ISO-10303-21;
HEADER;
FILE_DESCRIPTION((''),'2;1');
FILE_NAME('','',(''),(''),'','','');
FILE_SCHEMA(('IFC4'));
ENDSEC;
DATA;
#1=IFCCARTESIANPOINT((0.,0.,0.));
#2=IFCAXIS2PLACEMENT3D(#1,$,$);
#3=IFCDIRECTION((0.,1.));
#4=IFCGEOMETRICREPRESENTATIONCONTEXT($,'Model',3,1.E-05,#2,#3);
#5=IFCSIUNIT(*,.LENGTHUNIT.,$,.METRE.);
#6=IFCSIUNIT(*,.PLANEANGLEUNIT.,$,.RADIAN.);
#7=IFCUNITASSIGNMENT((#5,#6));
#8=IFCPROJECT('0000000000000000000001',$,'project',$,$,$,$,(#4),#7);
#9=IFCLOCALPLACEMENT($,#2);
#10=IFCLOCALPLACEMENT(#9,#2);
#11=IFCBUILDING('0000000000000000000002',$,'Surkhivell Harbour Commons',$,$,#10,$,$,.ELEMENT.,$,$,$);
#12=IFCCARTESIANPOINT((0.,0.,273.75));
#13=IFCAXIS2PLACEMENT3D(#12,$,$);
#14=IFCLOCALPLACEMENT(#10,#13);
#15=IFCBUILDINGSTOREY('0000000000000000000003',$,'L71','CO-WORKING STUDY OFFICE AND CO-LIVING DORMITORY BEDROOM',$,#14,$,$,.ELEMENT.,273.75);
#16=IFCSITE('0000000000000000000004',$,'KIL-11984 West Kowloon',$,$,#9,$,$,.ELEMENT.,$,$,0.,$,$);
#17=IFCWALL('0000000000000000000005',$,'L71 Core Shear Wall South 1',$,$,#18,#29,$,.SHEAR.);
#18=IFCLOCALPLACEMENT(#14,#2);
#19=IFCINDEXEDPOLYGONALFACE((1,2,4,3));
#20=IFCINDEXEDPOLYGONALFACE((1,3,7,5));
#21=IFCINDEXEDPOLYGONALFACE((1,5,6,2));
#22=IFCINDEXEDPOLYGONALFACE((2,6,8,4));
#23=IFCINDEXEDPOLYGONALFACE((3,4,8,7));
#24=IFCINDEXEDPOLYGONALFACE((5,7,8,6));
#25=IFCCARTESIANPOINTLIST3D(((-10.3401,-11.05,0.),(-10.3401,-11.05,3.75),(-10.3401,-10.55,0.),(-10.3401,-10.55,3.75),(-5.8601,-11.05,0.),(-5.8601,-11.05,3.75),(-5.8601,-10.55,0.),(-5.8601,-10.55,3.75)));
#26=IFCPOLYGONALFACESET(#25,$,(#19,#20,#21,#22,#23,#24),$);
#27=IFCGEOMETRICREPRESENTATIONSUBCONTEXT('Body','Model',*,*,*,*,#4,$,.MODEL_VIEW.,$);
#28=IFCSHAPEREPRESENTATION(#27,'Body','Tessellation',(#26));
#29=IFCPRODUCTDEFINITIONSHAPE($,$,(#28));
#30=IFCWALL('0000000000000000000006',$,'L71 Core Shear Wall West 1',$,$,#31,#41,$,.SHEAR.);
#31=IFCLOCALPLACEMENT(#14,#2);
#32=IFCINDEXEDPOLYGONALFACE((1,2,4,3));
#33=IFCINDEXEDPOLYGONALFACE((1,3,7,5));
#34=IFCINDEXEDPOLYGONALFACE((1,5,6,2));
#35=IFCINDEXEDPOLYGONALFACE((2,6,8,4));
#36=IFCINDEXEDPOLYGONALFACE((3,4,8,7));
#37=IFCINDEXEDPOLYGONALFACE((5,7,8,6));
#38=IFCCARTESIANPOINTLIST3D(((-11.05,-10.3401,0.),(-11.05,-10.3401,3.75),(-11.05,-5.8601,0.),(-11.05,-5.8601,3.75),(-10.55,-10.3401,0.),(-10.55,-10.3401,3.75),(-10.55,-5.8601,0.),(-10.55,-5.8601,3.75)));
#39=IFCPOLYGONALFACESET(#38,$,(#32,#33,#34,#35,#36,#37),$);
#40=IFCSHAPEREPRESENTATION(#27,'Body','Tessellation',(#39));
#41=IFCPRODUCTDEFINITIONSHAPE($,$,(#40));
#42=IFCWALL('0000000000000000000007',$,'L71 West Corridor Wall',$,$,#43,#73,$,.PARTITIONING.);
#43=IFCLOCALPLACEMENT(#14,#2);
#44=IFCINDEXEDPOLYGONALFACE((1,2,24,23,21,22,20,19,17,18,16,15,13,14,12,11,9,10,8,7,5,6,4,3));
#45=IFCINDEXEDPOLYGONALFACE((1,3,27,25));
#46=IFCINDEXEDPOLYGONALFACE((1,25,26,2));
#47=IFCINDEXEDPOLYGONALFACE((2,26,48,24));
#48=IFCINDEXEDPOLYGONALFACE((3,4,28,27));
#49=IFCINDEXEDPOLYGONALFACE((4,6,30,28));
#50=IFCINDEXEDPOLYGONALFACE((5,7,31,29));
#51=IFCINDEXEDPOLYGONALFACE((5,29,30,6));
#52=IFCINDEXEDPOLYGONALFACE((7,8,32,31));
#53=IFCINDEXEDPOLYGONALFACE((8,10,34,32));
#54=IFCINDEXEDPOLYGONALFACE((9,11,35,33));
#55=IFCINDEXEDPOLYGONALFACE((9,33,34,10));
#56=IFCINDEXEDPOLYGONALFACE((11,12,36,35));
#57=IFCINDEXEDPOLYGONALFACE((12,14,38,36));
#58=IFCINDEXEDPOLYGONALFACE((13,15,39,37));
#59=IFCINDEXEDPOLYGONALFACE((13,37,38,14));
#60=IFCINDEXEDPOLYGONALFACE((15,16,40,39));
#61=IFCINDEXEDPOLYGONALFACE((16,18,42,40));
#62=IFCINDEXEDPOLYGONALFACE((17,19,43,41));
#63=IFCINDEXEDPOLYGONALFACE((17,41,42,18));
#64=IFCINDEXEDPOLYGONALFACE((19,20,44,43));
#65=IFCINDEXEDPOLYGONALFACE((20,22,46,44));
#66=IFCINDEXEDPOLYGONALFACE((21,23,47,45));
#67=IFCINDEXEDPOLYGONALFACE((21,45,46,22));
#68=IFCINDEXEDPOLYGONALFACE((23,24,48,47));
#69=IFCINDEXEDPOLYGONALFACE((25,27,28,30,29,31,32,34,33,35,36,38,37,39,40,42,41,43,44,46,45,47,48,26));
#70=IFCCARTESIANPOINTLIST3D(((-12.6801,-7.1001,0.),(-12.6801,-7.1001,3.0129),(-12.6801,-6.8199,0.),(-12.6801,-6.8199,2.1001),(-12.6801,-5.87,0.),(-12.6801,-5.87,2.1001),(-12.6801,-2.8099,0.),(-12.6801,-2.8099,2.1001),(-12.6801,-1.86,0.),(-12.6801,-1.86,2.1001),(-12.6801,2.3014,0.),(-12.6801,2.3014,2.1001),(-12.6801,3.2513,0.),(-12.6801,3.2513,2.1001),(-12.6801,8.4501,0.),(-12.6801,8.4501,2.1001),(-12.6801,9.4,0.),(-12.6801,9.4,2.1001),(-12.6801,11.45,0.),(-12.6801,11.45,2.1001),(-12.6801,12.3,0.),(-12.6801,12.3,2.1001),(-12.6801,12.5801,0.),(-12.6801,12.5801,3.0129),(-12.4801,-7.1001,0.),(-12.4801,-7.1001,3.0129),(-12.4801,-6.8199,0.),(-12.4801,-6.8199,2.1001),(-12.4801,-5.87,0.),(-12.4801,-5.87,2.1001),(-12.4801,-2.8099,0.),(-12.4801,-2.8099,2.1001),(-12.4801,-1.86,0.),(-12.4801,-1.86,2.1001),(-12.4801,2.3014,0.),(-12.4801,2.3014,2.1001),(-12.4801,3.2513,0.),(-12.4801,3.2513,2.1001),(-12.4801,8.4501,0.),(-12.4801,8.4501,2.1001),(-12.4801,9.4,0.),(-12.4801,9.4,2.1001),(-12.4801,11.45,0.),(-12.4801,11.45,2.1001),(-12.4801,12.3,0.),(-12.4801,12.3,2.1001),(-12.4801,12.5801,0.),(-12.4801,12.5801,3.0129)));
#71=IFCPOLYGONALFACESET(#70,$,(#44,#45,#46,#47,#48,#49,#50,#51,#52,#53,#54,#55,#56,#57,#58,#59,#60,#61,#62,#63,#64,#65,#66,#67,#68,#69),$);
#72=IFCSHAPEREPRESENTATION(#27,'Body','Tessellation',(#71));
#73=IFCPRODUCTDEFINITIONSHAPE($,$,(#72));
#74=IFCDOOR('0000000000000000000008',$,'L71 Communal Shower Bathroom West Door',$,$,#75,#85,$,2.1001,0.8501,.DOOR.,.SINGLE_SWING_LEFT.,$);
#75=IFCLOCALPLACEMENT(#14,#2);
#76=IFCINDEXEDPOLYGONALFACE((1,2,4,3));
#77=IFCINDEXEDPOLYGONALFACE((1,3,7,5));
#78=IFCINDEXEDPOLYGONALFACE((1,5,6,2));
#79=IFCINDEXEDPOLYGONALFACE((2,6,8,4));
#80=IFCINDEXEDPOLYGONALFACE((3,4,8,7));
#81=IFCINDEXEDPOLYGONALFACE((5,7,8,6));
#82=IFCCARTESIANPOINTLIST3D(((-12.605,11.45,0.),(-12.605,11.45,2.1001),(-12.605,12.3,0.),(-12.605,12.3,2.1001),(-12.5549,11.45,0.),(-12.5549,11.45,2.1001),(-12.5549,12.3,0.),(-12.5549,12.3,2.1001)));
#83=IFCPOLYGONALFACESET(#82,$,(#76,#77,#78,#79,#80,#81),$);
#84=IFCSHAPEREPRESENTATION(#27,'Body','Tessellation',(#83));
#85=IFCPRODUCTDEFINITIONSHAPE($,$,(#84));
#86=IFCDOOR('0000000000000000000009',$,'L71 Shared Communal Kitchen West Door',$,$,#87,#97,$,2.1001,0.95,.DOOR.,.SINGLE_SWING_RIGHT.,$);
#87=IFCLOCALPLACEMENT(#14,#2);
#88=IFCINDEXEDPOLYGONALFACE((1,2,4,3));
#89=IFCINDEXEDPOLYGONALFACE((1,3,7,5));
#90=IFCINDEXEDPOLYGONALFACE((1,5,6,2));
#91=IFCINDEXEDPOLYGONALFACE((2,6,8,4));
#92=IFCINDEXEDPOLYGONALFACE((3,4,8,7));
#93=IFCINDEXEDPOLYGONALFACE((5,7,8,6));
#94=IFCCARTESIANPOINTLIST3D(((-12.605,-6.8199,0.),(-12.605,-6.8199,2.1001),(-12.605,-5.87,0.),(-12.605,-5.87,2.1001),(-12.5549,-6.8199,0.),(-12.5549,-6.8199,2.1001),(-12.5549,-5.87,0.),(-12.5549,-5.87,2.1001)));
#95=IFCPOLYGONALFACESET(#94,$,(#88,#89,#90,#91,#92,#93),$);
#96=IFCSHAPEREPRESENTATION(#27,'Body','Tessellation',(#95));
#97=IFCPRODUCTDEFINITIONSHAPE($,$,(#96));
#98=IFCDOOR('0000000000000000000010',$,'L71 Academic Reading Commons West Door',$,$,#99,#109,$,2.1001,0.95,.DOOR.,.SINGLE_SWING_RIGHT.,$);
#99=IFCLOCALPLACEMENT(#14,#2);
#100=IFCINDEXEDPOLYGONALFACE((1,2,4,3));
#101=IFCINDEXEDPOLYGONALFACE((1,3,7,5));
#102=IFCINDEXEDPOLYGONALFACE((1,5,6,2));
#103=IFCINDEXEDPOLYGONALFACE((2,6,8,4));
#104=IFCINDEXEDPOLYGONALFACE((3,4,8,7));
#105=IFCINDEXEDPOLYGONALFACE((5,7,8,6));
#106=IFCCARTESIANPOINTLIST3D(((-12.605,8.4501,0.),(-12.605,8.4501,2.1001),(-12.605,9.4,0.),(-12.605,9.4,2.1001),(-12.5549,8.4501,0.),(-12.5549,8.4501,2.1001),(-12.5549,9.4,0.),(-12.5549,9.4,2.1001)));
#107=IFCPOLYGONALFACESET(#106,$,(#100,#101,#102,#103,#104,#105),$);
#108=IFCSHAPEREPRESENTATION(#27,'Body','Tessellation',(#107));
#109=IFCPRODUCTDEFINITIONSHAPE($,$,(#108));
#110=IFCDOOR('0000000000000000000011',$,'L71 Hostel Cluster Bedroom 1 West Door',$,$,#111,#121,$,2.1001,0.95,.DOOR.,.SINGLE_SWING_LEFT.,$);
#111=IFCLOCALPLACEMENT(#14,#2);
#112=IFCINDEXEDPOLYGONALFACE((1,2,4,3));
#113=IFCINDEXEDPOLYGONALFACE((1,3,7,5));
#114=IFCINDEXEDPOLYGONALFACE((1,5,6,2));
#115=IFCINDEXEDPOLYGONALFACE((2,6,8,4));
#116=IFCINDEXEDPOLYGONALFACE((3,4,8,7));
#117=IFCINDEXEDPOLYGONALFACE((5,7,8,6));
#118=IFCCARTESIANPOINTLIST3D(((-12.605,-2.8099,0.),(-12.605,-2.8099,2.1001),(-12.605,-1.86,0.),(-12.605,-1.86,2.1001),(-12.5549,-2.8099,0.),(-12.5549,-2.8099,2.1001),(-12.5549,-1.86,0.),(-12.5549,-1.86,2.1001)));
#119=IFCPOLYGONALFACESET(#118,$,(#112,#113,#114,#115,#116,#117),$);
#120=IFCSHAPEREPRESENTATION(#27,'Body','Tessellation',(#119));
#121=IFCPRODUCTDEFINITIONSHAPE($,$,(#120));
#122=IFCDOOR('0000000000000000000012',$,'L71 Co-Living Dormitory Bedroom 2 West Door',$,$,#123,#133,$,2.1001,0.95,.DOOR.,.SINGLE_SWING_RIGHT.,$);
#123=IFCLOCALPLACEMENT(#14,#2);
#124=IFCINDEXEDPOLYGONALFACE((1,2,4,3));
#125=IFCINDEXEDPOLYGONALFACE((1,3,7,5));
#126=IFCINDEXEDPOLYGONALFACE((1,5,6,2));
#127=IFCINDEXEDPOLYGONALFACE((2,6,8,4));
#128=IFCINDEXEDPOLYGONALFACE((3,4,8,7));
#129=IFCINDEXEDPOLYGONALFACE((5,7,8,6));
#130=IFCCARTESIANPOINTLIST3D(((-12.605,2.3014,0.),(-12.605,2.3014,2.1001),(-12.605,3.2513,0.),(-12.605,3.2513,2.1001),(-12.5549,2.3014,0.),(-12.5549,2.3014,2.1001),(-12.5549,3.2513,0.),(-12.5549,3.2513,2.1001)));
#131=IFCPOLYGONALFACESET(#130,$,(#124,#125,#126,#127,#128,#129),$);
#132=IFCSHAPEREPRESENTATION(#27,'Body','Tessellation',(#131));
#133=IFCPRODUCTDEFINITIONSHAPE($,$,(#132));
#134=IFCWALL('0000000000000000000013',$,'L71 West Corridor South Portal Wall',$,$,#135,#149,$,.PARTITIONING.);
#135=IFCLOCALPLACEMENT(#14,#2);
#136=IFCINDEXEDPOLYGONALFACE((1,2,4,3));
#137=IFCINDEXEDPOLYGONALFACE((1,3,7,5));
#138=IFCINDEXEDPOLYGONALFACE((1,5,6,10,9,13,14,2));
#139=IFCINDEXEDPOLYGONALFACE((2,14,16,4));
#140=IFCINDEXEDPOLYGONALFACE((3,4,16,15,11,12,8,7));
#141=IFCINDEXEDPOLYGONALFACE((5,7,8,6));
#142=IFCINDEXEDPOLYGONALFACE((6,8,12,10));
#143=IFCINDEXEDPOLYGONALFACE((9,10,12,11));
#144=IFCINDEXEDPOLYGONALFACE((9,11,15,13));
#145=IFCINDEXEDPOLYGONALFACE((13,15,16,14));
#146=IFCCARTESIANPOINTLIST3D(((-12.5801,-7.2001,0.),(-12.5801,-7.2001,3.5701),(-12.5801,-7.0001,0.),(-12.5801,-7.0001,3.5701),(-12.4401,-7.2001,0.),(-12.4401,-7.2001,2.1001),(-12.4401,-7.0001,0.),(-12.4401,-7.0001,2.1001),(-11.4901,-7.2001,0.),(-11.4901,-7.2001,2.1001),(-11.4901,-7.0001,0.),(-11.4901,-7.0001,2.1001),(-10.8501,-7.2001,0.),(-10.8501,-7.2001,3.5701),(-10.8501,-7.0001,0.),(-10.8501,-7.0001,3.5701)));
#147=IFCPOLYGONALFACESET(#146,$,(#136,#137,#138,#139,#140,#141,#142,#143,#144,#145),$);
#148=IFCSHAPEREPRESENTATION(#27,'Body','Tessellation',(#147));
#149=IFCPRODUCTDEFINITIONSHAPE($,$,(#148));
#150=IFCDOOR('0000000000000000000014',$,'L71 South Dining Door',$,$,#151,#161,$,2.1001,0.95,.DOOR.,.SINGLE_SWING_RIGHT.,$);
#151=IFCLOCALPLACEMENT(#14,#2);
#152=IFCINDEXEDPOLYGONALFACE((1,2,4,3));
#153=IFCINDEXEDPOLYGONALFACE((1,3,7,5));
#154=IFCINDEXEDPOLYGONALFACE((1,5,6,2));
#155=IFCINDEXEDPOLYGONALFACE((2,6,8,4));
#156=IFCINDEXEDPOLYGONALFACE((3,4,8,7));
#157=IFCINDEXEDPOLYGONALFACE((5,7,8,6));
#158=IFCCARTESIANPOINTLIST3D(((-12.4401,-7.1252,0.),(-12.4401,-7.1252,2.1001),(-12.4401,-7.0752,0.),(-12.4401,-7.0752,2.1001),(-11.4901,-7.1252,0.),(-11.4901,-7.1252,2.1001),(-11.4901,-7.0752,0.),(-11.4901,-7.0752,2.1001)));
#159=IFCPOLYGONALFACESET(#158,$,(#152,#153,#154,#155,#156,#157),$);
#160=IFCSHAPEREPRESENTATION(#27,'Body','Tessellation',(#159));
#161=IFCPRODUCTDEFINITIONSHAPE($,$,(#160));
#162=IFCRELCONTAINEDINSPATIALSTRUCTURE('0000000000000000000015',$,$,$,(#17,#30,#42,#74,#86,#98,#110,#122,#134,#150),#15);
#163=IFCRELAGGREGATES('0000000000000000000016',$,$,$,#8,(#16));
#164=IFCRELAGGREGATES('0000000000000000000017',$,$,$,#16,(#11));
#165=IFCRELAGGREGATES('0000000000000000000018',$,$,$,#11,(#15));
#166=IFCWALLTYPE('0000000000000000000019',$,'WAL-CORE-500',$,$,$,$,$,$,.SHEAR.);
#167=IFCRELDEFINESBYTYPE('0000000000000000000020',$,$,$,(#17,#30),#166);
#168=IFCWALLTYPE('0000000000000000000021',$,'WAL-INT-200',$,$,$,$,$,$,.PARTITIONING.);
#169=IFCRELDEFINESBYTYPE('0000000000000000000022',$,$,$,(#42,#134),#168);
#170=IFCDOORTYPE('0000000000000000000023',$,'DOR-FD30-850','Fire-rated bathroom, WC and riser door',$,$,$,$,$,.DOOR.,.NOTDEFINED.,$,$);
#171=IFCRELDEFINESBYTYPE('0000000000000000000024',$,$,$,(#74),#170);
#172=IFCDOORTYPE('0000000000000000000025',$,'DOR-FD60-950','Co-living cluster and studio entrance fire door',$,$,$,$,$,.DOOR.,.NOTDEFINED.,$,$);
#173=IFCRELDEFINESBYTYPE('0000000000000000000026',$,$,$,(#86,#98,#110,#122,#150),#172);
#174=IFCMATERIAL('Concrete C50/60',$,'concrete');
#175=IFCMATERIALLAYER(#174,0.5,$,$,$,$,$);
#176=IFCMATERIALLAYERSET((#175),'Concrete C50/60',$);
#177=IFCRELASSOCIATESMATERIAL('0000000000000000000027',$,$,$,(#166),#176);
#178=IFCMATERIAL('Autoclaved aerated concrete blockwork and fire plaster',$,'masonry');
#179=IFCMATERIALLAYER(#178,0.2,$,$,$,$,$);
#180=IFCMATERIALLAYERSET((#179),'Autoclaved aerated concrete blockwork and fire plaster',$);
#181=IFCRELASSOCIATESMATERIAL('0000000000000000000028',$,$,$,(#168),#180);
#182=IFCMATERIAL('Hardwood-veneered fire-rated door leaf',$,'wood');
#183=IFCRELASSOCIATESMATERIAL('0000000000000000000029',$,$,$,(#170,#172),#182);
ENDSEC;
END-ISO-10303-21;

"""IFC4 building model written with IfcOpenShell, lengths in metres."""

from ifc_helpers import new_model, si_unit, direction, frame, frame_2d, origin, place, context, subcontext, project, spatial, rectangle, extrude, material, layer, layer_set, type_object, element, fill, save


model = new_model("IFC4")

# Units and contexts
model_context = context("Model", 3, precision=1e-05, world=origin(), true_north=direction((0.0, 1.0)))
body_context = subcontext(model_context, "Body", "Model", "MODEL_VIEW")
ifc_project = project(units=[si_unit("LENGTHUNIT", "METRE"), si_unit("PLANEANGLEUNIT", "RADIAN")], contexts=[model_context])

# Site, building, storey
site_placement = place(None, origin())
site = spatial("IfcSite", under=ifc_project, at=site_placement, Name="KIL-11984 West Kowloon", CompositionType="ELEMENT", RefElevation=0.0)
building_placement = place(site_placement, origin())
building = spatial("IfcBuilding", under=site, at=building_placement, Name="Surkhivell Harbour Commons", CompositionType="ELEMENT")
storey_placement = place(building_placement, frame((0.0, 0.0, 273.75)))
storey = spatial("IfcBuildingStorey", under=building, at=storey_placement, Name="L71", Description="CO-WORKING STUDY OFFICE AND CO-LIVING DORMITORY BEDROOM", CompositionType="ELEMENT", Elevation=273.75)

# Walls
ifc_material_1 = material(Name="Concrete C50/60", Category="concrete")
ifc_layer_1 = layer(ifc_material_1, 0.5)
ifc_layer_set_1 = layer_set([ifc_layer_1], Name="Concrete C50/60")
wall_type_1 = type_object("IfcWallType", Name="WAL-CORE-500", PredefinedType="SHEAR", material=ifc_layer_set_1)
for number, where, z_axis, x_axis, name in (
    (1, (-10.3401, -10.8, 0.0), (0.0, 0.0, 1.0), (1.0, 0.0, 0.0), "L71 Core Shear Wall South 1"),
    (2, (-10.8, -10.3401, 0.0), (0.0, 0.0, 1.0), (0.0, 1.0, 0.0), "L71 Core Shear Wall West 1"),
):
    element("IfcWall", number, at=place(storey_placement, frame(where, z_axis=z_axis, x_axis=x_axis)), inside=storey, type_object=wall_type_1, Name=name, PredefinedType="SHEAR", context=body_context, shape_type="SweptSolid", body=[
        extrude(rectangle(XDim=4.48, YDim=0.5, at=frame_2d((2.24, 0.0))), origin(), (0.0, 0.0, 1.0), 3.75),
    ])

# Wall, openings, doors
ifc_material_2 = material(Name="Autoclaved aerated concrete blockwork and fire plaster", Category="masonry")
ifc_layer_2 = layer(ifc_material_2, 0.2)
ifc_layer_set_2 = layer_set([ifc_layer_2], Name="Autoclaved aerated concrete blockwork and fire plaster")
wall_type_2 = type_object("IfcWallType", Name="WAL-INT-200", PredefinedType="PARTITIONING", material=ifc_layer_set_2)
wall_1_placement = place(storey_placement, frame((-12.5801, -7.1001, 0.0), z_axis=(0.0, 0.0, 1.0), x_axis=(0.0, 1.0, 0.0)))
wall_1 = element("IfcWall", 3, at=wall_1_placement, inside=storey, type_object=wall_type_2, Name="L71 West Corridor Wall", PredefinedType="PARTITIONING", context=body_context, shape_type="SweptSolid", body=[
    extrude(rectangle(XDim=19.6802, YDim=0.2, at=frame_2d((9.8401, 0.0))), origin(), (0.0, 0.0, 1.0), 3.0129),
])
opening_1_placement = place(wall_1_placement, frame((0.28, 0.0, 0.0)))
opening_1 = element("IfcOpeningElement", 4, at=opening_1_placement, cuts=wall_1, PredefinedType="OPENING", context=body_context, shape_type="SweptSolid", body=[
    extrude(rectangle(XDim=0.95, YDim=2.1001, at=frame_2d((0.4751, 1.05))), frame((0.0, 0.1099, 0.0), z_axis=(0.0, -1.0, 0.0), x_axis=(1.0, 0.0, 0.0)), (0.0, 0.0, 1.0), 0.22),
])
opening_2_placement = place(wall_1_placement, frame((18.55, 0.0, 0.0)))
opening_2 = element("IfcOpeningElement", 5, at=opening_2_placement, cuts=wall_1, PredefinedType="OPENING", context=body_context, shape_type="SweptSolid", body=[
    extrude(rectangle(XDim=0.8501, YDim=2.1001, at=frame_2d((0.425, 1.05))), frame((0.0, 0.1099, 0.0), z_axis=(0.0, -1.0, 0.0), x_axis=(1.0, 0.0, 0.0)), (0.0, 0.0, 1.0), 0.22),
])
opening_3_placement = place(wall_1_placement, frame((15.55, 0.0, 0.0)))
opening_3 = element("IfcOpeningElement", 6, at=opening_3_placement, cuts=wall_1, PredefinedType="OPENING", context=body_context, shape_type="SweptSolid", body=[
    extrude(rectangle(XDim=0.95, YDim=2.1001, at=frame_2d((0.4751, 1.05))), frame((0.0, 0.1099, 0.0), z_axis=(0.0, -1.0, 0.0), x_axis=(1.0, 0.0, 0.0)), (0.0, 0.0, 1.0), 0.22),
])
opening_4_placement = place(wall_1_placement, frame((4.29, 0.0, 0.0)))
opening_4 = element("IfcOpeningElement", 7, at=opening_4_placement, cuts=wall_1, PredefinedType="OPENING", context=body_context, shape_type="SweptSolid", body=[
    extrude(rectangle(XDim=0.95, YDim=2.1001, at=frame_2d((0.4751, 1.05))), frame((0.0, 0.1099, 0.0), z_axis=(0.0, -1.0, 0.0), x_axis=(1.0, 0.0, 0.0)), (0.0, 0.0, 1.0), 0.22),
])
opening_5_placement = place(wall_1_placement, frame((9.4014, 0.0, 0.0)))
opening_5 = element("IfcOpeningElement", 8, at=opening_5_placement, cuts=wall_1, PredefinedType="OPENING", context=body_context, shape_type="SweptSolid", body=[
    extrude(rectangle(XDim=0.95, YDim=2.1001, at=frame_2d((0.4751, 1.05))), frame((0.0, 0.1099, 0.0), z_axis=(0.0, -1.0, 0.0), x_axis=(1.0, 0.0, 0.0)), (0.0, 0.0, 1.0), 0.22),
])
ifc_material_3 = material(Name="Hardwood-veneered fire-rated door leaf", Category="wood")
door_type_1 = type_object("IfcDoorType", Name="DOR-FD30-850", Description="Fire-rated bathroom, WC and riser door", OperationType="NOTDEFINED", PredefinedType="DOOR", material=ifc_material_3)
door_1_placement = place(opening_2_placement, origin())
door_1 = element("IfcDoor", 9, at=door_1_placement, inside=storey, type_object=door_type_1, Name="L71 Communal Shower Bathroom West Door", OperationType="SINGLE_SWING_LEFT", OverallHeight=2.1001, OverallWidth=0.8501, PredefinedType="DOOR", context=body_context, shape_type="SweptSolid", body=[
    extrude(rectangle(XDim=0.8501, YDim=2.1001, at=frame_2d((0.425, 1.05))), frame((0.0, 0.0249, 0.0), z_axis=(0.0, -1.0, 0.0), x_axis=(1.0, 0.0, 0.0)), (0.0, 0.0, 1.0), 0.05),
])
fill(opening_2, door_1)
door_type_2 = type_object("IfcDoorType", Name="DOR-FD60-950", Description="Co-living cluster and studio entrance fire door", OperationType="NOTDEFINED", PredefinedType="DOOR", material=ifc_material_3)
door_2_placement = place(opening_1_placement, origin())
door_2 = element("IfcDoor", 10, at=door_2_placement, inside=storey, type_object=door_type_2, Name="L71 Shared Communal Kitchen West Door", OperationType="SINGLE_SWING_RIGHT", OverallHeight=2.1001, OverallWidth=0.95, PredefinedType="DOOR", context=body_context, shape_type="SweptSolid", body=[
    extrude(rectangle(XDim=0.95, YDim=2.1001, at=frame_2d((0.4751, 1.05))), frame((0.0, 0.0249, 0.0), z_axis=(0.0, -1.0, 0.0), x_axis=(1.0, 0.0, 0.0)), (0.0, 0.0, 1.0), 0.05),
])
fill(opening_1, door_2)
door_3_placement = place(opening_3_placement, origin())
door_3 = element("IfcDoor", 11, at=door_3_placement, inside=storey, type_object=door_type_2, Name="L71 Academic Reading Commons West Door", OperationType="SINGLE_SWING_RIGHT", OverallHeight=2.1001, OverallWidth=0.95, PredefinedType="DOOR", context=body_context, shape_type="SweptSolid", body=[
    extrude(rectangle(XDim=0.95, YDim=2.1001, at=frame_2d((0.4751, 1.05))), frame((0.0, 0.0249, 0.0), z_axis=(0.0, -1.0, 0.0), x_axis=(1.0, 0.0, 0.0)), (0.0, 0.0, 1.0), 0.05),
])
fill(opening_3, door_3)
door_4_placement = place(opening_4_placement, origin())
door_4 = element("IfcDoor", 12, at=door_4_placement, inside=storey, type_object=door_type_2, Name="L71 Hostel Cluster Bedroom 1 West Door", OperationType="SINGLE_SWING_LEFT", OverallHeight=2.1001, OverallWidth=0.95, PredefinedType="DOOR", context=body_context, shape_type="SweptSolid", body=[
    extrude(rectangle(XDim=0.95, YDim=2.1001, at=frame_2d((0.4751, 1.05))), frame((0.0, 0.0249, 0.0), z_axis=(0.0, -1.0, 0.0), x_axis=(1.0, 0.0, 0.0)), (0.0, 0.0, 1.0), 0.05),
])
fill(opening_4, door_4)
door_5_placement = place(opening_5_placement, origin())
door_5 = element("IfcDoor", 13, at=door_5_placement, inside=storey, type_object=door_type_2, Name="L71 Co-Living Dormitory Bedroom 2 West Door", OperationType="SINGLE_SWING_RIGHT", OverallHeight=2.1001, OverallWidth=0.95, PredefinedType="DOOR", context=body_context, shape_type="SweptSolid", body=[
    extrude(rectangle(XDim=0.95, YDim=2.1001, at=frame_2d((0.4751, 1.05))), frame((0.0, 0.0249, 0.0), z_axis=(0.0, -1.0, 0.0), x_axis=(1.0, 0.0, 0.0)), (0.0, 0.0, 1.0), 0.05),
])
fill(opening_5, door_5)

# Wall, opening, door
wall_2_placement = place(storey_placement, frame((-12.5801, -7.1001, 0.0), z_axis=(0.0, 0.0, 1.0), x_axis=(1.0, 0.0, 0.0)))
wall_2 = element("IfcWall", 14, at=wall_2_placement, inside=storey, type_object=wall_type_2, Name="L71 West Corridor South Portal Wall", PredefinedType="PARTITIONING", context=body_context, shape_type="SweptSolid", body=[
    extrude(rectangle(XDim=1.73, YDim=0.2, at=frame_2d((0.865, 0.0))), origin(), (0.0, 0.0, 1.0), 3.5701),
])
opening_6_placement = place(wall_2_placement, frame((0.1399, 0.0, 0.0)))
opening_6 = element("IfcOpeningElement", 15, at=opening_6_placement, cuts=wall_2, PredefinedType="OPENING", context=body_context, shape_type="SweptSolid", body=[
    extrude(rectangle(XDim=0.95, YDim=2.1001, at=frame_2d((0.4751, 1.05))), frame((0.0, 0.1099, 0.0), z_axis=(0.0, -1.0, 0.0), x_axis=(1.0, 0.0, 0.0)), (0.0, 0.0, 1.0), 0.22),
])
door_6_placement = place(opening_6_placement, origin())
door_6 = element("IfcDoor", 16, at=door_6_placement, inside=storey, type_object=door_type_2, Name="L71 South Dining Door", OperationType="SINGLE_SWING_RIGHT", OverallHeight=2.1001, OverallWidth=0.95, PredefinedType="DOOR", context=body_context, shape_type="SweptSolid", body=[
    extrude(rectangle(XDim=0.95, YDim=2.1001, at=frame_2d((0.4751, 1.05))), frame((0.0, 0.0249, 0.0), z_axis=(0.0, -1.0, 0.0), x_axis=(1.0, 0.0, 0.0)), (0.0, 0.0, 1.0), 0.05),
])
fill(opening_6, door_6)

save(model, "model.ifc")
